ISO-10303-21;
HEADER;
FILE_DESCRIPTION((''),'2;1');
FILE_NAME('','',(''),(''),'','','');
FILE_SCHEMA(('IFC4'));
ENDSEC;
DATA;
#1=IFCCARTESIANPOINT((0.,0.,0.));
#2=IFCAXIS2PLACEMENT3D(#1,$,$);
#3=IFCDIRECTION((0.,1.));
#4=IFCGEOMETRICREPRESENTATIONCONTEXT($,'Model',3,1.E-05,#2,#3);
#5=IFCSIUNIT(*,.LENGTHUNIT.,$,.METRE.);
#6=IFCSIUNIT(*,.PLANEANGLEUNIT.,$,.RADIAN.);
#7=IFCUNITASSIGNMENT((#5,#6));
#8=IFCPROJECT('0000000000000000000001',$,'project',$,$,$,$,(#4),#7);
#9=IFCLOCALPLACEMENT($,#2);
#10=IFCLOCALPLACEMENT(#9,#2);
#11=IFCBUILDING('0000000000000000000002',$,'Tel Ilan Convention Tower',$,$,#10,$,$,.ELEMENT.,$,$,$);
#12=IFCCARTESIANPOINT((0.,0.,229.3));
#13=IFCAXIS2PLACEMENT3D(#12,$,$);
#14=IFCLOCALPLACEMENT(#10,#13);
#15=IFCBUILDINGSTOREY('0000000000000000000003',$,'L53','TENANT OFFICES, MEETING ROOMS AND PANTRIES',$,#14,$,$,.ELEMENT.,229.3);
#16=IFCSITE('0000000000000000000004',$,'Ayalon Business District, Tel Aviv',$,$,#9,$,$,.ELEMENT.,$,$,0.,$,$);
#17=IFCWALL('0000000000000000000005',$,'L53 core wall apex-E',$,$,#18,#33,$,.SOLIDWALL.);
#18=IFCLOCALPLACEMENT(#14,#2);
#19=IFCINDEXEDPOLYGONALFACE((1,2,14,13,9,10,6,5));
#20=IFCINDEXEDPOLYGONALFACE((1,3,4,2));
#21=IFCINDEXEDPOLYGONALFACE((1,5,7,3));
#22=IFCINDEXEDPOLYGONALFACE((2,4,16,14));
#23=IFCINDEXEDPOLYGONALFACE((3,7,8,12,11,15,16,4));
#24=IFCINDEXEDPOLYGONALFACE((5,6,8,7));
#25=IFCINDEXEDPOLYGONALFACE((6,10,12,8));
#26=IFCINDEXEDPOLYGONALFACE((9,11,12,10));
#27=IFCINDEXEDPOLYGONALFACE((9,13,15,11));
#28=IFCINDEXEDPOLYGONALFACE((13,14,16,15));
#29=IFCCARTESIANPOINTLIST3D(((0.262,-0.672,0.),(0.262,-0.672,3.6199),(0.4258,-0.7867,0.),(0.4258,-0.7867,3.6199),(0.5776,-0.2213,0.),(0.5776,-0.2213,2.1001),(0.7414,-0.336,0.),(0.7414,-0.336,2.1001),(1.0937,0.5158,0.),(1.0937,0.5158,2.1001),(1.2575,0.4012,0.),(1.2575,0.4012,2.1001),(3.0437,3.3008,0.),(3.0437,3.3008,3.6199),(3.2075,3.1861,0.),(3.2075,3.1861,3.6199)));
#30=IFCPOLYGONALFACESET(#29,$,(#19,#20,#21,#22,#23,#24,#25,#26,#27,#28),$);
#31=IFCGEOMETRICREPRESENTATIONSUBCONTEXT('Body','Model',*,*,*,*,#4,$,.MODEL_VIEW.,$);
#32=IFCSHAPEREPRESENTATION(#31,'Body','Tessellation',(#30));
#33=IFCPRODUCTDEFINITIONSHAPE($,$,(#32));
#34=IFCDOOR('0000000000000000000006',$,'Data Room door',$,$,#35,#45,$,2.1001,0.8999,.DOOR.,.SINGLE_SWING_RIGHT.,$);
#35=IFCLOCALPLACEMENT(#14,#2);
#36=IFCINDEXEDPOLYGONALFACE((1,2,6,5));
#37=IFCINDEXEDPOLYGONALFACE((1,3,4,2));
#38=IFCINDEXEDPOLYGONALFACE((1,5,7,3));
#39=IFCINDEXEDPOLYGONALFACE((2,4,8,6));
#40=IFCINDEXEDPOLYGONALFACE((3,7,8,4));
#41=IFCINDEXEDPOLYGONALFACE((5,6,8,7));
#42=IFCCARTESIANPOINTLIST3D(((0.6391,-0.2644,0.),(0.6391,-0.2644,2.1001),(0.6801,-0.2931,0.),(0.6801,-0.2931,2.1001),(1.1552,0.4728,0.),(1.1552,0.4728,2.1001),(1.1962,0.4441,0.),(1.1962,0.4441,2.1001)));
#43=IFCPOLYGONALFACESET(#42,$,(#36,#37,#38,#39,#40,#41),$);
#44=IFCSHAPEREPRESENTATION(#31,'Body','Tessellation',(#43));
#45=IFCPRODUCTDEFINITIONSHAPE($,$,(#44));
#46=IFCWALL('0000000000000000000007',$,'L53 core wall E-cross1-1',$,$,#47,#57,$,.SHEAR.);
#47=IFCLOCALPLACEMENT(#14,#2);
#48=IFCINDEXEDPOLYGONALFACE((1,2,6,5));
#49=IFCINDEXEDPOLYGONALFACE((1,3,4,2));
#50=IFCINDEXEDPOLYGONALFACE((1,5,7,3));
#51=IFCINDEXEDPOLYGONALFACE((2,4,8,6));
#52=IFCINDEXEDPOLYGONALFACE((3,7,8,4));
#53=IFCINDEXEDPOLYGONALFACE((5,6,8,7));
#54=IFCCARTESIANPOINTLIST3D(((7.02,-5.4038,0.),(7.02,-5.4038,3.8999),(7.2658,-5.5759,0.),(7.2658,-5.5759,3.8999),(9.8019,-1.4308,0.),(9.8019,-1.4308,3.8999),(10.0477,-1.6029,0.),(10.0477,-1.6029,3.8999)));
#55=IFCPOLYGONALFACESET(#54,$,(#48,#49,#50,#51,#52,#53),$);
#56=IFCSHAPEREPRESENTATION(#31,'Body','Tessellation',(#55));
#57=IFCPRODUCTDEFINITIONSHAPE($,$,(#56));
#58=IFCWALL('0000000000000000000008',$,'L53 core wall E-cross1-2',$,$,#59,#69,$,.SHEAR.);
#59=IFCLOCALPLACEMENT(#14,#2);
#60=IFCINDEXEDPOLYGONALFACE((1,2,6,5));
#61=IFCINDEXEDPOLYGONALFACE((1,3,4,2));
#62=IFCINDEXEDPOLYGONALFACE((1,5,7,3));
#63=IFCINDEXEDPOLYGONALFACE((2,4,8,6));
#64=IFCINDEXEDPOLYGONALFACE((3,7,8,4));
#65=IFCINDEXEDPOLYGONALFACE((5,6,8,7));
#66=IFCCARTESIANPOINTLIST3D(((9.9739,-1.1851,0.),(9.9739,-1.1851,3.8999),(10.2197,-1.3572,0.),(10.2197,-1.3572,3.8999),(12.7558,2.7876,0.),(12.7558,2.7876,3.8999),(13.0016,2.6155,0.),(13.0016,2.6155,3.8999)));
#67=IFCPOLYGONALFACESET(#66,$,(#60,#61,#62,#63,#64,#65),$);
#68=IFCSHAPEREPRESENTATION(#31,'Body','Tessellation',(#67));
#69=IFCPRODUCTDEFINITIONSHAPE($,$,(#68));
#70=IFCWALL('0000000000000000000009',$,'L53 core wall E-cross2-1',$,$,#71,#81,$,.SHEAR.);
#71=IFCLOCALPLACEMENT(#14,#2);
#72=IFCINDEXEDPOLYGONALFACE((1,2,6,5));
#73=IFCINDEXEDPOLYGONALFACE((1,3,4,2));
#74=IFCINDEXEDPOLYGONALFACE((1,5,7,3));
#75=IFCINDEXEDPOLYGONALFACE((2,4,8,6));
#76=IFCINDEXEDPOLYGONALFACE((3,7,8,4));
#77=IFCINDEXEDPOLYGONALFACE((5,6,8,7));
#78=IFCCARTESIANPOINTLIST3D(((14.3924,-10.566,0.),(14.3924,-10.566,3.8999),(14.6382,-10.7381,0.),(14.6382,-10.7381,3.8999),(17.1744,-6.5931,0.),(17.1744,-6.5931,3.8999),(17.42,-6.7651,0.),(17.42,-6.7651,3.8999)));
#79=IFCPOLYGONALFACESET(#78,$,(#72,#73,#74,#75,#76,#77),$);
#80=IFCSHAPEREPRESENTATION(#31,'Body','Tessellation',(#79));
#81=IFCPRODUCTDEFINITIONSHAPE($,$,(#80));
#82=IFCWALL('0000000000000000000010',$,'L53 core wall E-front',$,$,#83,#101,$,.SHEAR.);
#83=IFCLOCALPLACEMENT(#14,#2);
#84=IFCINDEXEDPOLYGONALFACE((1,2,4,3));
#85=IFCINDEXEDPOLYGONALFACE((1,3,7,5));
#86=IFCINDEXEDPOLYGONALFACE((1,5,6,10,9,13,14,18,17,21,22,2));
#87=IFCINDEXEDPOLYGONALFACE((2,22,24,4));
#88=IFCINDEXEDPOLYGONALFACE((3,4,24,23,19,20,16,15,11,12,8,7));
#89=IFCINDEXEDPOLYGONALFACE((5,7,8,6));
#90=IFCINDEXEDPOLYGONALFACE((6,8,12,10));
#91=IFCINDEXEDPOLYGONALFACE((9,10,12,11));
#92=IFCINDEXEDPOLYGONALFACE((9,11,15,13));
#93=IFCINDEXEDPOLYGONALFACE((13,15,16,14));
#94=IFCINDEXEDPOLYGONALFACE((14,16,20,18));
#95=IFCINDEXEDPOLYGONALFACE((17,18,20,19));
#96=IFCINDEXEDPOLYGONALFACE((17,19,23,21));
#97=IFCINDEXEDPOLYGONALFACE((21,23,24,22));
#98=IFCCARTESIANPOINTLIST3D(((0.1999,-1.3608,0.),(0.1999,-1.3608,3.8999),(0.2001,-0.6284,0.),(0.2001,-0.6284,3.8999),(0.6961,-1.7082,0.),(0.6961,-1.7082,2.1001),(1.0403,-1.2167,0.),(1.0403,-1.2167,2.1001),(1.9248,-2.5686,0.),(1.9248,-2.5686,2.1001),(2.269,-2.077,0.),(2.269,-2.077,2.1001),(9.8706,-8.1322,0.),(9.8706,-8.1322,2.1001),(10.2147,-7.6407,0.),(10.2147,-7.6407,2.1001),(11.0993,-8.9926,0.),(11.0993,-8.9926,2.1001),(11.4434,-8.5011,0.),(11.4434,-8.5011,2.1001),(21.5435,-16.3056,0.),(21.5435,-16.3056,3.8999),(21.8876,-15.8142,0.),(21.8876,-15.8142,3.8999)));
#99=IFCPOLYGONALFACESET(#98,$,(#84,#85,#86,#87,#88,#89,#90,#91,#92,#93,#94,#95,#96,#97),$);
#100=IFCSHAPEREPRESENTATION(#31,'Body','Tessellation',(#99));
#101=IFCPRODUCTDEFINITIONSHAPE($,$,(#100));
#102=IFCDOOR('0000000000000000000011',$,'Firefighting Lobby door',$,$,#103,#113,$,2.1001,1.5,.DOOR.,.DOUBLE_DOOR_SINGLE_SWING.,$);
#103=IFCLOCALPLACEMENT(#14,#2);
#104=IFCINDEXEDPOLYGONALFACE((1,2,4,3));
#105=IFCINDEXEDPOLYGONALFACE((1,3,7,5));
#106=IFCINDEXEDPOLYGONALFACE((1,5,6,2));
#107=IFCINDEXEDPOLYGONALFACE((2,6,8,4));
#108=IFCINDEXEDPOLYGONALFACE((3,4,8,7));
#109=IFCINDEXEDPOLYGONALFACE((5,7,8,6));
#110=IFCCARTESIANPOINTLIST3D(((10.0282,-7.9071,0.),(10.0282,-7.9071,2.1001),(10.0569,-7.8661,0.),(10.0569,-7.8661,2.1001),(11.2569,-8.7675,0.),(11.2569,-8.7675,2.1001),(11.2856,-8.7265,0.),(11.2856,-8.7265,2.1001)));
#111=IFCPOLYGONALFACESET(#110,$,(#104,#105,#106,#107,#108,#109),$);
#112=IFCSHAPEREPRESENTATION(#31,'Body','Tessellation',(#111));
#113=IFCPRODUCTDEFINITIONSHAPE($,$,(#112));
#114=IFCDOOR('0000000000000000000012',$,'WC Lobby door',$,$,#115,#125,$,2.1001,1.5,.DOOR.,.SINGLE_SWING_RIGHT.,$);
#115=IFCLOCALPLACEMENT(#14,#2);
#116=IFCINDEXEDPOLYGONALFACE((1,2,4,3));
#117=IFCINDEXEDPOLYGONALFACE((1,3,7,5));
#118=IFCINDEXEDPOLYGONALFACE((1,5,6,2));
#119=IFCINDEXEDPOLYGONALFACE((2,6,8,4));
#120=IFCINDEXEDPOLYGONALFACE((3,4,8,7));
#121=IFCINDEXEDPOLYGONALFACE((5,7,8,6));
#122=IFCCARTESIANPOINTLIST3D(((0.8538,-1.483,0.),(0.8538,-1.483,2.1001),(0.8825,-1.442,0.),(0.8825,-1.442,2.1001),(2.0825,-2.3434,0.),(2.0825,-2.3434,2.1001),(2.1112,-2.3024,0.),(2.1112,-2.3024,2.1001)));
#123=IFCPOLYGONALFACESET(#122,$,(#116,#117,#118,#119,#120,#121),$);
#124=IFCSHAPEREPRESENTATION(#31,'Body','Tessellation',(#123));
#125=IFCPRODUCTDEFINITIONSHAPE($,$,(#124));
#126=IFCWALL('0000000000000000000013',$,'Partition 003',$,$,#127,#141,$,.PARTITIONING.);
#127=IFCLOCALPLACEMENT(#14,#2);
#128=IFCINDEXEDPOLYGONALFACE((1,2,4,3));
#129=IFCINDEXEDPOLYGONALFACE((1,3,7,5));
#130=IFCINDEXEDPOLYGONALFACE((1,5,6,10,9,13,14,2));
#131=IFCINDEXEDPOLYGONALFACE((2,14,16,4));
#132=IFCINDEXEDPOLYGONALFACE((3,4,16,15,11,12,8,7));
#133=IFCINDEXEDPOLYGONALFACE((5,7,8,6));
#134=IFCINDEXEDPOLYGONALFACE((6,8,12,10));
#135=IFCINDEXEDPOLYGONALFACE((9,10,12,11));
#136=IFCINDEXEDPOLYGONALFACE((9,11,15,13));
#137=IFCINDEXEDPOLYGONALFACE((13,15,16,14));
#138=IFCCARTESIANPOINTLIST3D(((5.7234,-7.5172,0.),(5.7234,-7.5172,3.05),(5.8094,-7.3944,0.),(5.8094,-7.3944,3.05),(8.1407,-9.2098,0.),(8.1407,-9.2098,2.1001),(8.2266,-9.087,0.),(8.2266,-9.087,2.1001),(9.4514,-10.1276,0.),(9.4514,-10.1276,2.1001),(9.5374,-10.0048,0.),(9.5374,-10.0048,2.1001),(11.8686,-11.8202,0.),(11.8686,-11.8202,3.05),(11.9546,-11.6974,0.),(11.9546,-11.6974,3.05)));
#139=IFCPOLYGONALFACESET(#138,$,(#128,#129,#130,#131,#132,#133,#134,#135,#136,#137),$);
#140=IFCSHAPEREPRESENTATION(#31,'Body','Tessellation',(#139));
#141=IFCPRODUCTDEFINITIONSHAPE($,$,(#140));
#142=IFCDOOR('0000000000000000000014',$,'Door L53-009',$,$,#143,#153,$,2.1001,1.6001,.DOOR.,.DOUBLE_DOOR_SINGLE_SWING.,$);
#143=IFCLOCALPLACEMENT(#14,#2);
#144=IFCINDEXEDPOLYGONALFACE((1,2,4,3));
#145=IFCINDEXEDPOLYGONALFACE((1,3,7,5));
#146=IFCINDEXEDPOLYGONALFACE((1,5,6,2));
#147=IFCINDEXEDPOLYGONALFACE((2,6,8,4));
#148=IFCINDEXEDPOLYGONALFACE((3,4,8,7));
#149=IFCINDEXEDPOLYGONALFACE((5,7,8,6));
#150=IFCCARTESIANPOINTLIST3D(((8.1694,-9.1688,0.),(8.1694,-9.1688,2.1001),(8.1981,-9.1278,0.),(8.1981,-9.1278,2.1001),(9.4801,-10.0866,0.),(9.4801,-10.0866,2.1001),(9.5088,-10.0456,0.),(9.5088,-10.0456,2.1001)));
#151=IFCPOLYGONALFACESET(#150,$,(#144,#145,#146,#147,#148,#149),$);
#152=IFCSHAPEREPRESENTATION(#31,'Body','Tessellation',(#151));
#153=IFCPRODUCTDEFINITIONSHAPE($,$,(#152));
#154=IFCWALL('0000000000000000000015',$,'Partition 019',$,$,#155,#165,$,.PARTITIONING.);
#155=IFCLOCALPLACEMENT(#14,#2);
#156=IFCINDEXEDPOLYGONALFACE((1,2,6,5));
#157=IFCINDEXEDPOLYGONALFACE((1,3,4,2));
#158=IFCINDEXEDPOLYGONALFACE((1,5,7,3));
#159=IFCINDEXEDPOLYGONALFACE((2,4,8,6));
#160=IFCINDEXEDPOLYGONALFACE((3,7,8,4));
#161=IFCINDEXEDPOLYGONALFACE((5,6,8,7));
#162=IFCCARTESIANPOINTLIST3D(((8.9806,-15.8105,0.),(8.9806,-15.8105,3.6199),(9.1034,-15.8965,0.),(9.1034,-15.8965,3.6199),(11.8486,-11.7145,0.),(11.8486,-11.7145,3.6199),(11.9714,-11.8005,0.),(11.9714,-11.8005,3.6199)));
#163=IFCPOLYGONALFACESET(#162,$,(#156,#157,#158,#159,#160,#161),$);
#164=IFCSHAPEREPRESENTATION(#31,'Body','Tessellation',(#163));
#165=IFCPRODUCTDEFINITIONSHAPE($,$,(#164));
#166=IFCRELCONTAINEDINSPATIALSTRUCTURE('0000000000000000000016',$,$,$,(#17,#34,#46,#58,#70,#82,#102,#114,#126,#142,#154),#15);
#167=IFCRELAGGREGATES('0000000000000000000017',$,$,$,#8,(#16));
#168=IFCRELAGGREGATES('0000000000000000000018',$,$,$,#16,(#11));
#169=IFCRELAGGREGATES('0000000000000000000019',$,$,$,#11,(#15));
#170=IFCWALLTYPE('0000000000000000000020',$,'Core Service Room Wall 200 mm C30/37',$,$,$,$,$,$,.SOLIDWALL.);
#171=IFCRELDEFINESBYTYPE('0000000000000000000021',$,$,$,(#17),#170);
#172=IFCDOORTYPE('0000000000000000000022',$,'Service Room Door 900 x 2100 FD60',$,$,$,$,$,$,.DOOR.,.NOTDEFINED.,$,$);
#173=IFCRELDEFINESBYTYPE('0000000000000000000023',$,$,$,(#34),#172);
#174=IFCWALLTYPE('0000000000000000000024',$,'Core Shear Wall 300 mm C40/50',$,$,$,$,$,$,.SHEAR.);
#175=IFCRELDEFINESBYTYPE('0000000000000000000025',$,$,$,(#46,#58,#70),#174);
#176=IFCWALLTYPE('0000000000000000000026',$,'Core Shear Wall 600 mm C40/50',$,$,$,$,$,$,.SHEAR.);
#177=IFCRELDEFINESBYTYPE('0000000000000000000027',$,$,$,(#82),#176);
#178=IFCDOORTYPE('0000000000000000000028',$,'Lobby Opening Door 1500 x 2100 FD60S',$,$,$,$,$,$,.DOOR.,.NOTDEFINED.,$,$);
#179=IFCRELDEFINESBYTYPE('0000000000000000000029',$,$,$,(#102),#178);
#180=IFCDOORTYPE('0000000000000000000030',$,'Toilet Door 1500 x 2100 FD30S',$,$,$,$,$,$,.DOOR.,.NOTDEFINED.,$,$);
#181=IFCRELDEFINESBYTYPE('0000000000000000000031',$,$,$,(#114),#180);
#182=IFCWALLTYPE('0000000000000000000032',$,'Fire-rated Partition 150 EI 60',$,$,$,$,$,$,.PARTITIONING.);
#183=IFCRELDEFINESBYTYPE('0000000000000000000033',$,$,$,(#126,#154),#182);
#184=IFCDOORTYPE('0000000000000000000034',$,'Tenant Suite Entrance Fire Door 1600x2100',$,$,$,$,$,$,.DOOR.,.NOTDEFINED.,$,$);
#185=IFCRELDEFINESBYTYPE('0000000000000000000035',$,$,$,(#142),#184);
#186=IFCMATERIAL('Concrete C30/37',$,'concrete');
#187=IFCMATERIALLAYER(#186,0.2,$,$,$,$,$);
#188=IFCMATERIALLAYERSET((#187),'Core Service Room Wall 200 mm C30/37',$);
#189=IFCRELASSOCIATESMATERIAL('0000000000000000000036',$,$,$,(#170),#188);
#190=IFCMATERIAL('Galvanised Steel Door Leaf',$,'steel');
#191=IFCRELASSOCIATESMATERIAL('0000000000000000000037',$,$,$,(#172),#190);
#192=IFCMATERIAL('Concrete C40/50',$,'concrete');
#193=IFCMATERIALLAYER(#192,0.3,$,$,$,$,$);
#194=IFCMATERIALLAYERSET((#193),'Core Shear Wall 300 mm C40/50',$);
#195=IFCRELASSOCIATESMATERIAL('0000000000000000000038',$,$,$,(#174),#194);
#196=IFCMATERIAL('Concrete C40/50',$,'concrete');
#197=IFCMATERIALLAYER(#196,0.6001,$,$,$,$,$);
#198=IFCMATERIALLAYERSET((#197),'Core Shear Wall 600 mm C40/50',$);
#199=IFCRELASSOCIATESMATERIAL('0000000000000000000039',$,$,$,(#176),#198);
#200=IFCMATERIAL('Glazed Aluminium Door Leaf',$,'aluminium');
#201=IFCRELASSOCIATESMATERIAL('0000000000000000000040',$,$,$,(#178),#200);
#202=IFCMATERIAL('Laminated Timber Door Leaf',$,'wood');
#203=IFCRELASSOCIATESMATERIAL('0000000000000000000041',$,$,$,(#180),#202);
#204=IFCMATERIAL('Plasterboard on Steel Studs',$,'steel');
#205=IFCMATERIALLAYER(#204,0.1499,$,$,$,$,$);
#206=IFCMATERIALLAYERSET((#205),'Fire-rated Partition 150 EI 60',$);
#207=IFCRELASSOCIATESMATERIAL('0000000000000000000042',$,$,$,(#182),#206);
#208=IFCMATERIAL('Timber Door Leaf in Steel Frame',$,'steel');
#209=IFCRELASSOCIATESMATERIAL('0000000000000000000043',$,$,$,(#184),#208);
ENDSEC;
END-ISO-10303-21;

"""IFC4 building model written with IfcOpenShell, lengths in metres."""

from ifc_helpers import new_model, si_unit, direction, frame, frame_2d, origin, place, context, subcontext, project, spatial, polyline, rectangle, outline, extrude, material, layer, layer_set, type_object, element, fill, save


model = new_model("IFC4")

# Units and contexts
model_context = context("Model", 3, precision=1e-05, world=origin(), true_north=direction((0.0, 1.0)))
body_context = subcontext(model_context, "Body", "Model", "MODEL_VIEW")
ifc_project = project(units=[si_unit("LENGTHUNIT", "METRE"), si_unit("PLANEANGLEUNIT", "RADIAN")], contexts=[model_context])

# Site, building, storey
site_placement = place(None, origin())
site = spatial("IfcSite", under=ifc_project, at=site_placement, Name="Ayalon Business District, Tel Aviv", CompositionType="ELEMENT", RefElevation=0.0)
building_placement = place(site_placement, origin())
building = spatial("IfcBuilding", under=site, at=building_placement, Name="Tel Ilan Convention Tower", CompositionType="ELEMENT")
storey_placement = place(building_placement, frame((0.0, 0.0, 229.3)))
storey = spatial("IfcBuildingStorey", under=building, at=storey_placement, Name="L53", Description="TENANT OFFICES, MEETING ROOMS AND PANTRIES", CompositionType="ELEMENT", Elevation=229.3)

# Wall, opening, door
ifc_material_1 = material(Name="Concrete C30/37", Category="concrete")
ifc_layer_1 = layer(ifc_material_1, 0.2)
ifc_layer_set_1 = layer_set([ifc_layer_1], Name="Core Service Room Wall 200 mm C30/37")
wall_type_1 = type_object("IfcWallType", Name="Core Service Room Wall 200 mm C30/37", PredefinedType="SOLIDWALL", material=ifc_layer_set_1)
wall_1_placement = place(storey_placement, frame((0.344, -0.7292, 0.0), z_axis=(0.0, 0.0, 1.0), x_axis=(0.57356, 0.819163, 0.0)))
wall_1 = element("IfcWall", 1, at=wall_1_placement, inside=storey, type_object=wall_type_1, Name="L53 core wall apex-E", PredefinedType="SOLIDWALL", context=body_context, shape_type="SweptSolid", body=[
    extrude(rectangle(XDim=4.8499, YDim=0.2, at=frame_2d((2.4248, 0.0))), origin(), (0.0, 0.0, 1.0), 3.6199),
])
opening_1_placement = place(wall_1_placement, frame((0.55, 0.0, 0.0)))
opening_1 = element("IfcOpeningElement", 2, at=opening_1_placement, cuts=wall_1, PredefinedType="OPENING", context=body_context, shape_type="SweptSolid", body=[
    extrude(rectangle(XDim=0.8999, YDim=2.1001, at=frame_2d((0.45, 1.05))), frame((0.0, 0.1099, 0.0), z_axis=(0.0, -1.0, 0.0), x_axis=(1.0, 0.0, 0.0)), (0.0, 0.0, 1.0), 0.22),
])
ifc_material_2 = material(Name="Galvanised Steel Door Leaf", Category="steel")
door_type_1 = type_object("IfcDoorType", Name="Service Room Door 900 x 2100 FD60", OperationType="NOTDEFINED", PredefinedType="DOOR", material=ifc_material_2)
door_1_placement = place(opening_1_placement, origin())
door_1 = element("IfcDoor", 3, at=door_1_placement, inside=storey, type_object=door_type_1, Name="Data Room door", OperationType="SINGLE_SWING_RIGHT", OverallHeight=2.1001, OverallWidth=0.8999, PredefinedType="DOOR", context=body_context, shape_type="SweptSolid", body=[
    extrude(rectangle(XDim=0.8999, YDim=2.1001, at=frame_2d((0.45, 1.05))), frame((0.0, 0.0249, 0.0), z_axis=(0.0, -1.0, 0.0), x_axis=(1.0, 0.0, 0.0)), (0.0, 0.0, 1.0), 0.05),
])
fill(opening_1, door_1)

# Walls
ifc_material_3 = material(Name="Concrete C40/50", Category="concrete")
ifc_layer_2 = layer(ifc_material_3, 0.3)
ifc_layer_set_2 = layer_set([ifc_layer_2], Name="Core Shear Wall 300 mm C40/50")
wall_type_2 = type_object("IfcWallType", Name="Core Shear Wall 300 mm C40/50", PredefinedType="SHEAR", material=ifc_layer_set_2)
wall_2_placement = place(storey_placement, frame((7.1428, -5.4897, 0.0), z_axis=(0.0, 0.0, 1.0), x_axis=(0.573618, 0.819123, 0.0)))
element("IfcWall", 4, at=wall_2_placement, inside=storey, type_object=wall_type_2, Name="L53 core wall E-cross1-1", PredefinedType="SHEAR", context=body_context, shape_type="SweptSolid", body=[
    extrude(outline(polyline([(0.0, 0.1499), (0.0, -0.1501), (4.8501, -0.1499), (4.8501, 0.1501), (0.0, 0.1499)])), origin(), (0.0, 0.0, 1.0), 3.8999),
])
wall_3_placement = place(storey_placement, frame((10.0969, -1.2712, 0.0), z_axis=(0.0, 0.0, 1.0), x_axis=(0.57356, 0.819163, 0.0)))
element("IfcWall", 5, at=wall_3_placement, inside=storey, type_object=wall_type_2, Name="L53 core wall E-cross1-2", PredefinedType="SHEAR", context=body_context, shape_type="SweptSolid", body=[
    extrude(outline(polyline([(4.8499, -0.1501), (4.8499, 0.1499), (0.0, 0.1501), (0.0, -0.1499), (4.8499, -0.1501)])), origin(), (0.0, 0.0, 1.0), 3.8999),
])
wall_4_placement = place(storey_placement, frame((14.5154, -10.6521, 0.0), z_axis=(0.0, 0.0, 1.0), x_axis=(0.57356, 0.819163, 0.0)))
element("IfcWall", 6, at=wall_4_placement, inside=storey, type_object=wall_type_2, Name="L53 core wall E-cross2-1", PredefinedType="SHEAR", context=body_context, shape_type="SweptSolid", body=[
    extrude(outline(polyline([(0.0, 0.1501), (0.0, -0.1499), (4.8501, -0.1499), (4.8501, 0.1499), (0.0, 0.1501)])), origin(), (0.0, 0.0, 1.0), 3.8999),
])

# Wall, openings, doors
ifc_material_4 = material(Name="Concrete C40/50", Category="concrete")
ifc_layer_3 = layer(ifc_material_4, 0.6001)
ifc_layer_set_3 = layer_set([ifc_layer_3], Name="Core Shear Wall 600 mm C40/50")
wall_type_3 = type_object("IfcWallType", Name="Core Shear Wall 600 mm C40/50", PredefinedType="SHEAR", material=ifc_layer_set_3)
wall_5_placement = place(storey_placement, frame((0.0278, -0.874, 0.0), z_axis=(0.0, 0.0, 1.0), x_axis=(0.81915, -0.573579, 0.0)))
wall_5 = element("IfcWall", 7, at=wall_5_placement, inside=storey, type_object=wall_type_3, Name="L53 core wall E-front", PredefinedType="SHEAR", context=body_context, shape_type="SweptSolid", body=[
    extrude(outline(polyline([(26.4758, 0.3), (0.0002, 0.3), (0.4202, -0.3), (26.4758, -0.2998), (26.4758, 0.3)])), origin(), (0.0, 0.0, 1.0), 3.8999),
])
opening_2_placement = place(wall_5_placement, frame((1.0259, 0.0, 0.0)))
opening_2 = element("IfcOpeningElement", 8, at=opening_2_placement, cuts=wall_5, PredefinedType="OPENING", context=body_context, shape_type="SweptSolid", body=[
    extrude(rectangle(XDim=1.5, YDim=2.1001, at=frame_2d((0.75, 1.05))), frame((0.0, 0.3101, 0.0), z_axis=(0.0, -1.0, 0.0), x_axis=(1.0, 0.0, 0.0)), (0.0, 0.0, 1.0), 0.6201),
])
opening_3_placement = place(wall_5_placement, frame((12.2258, 0.0, 0.0)))
opening_3 = element("IfcOpeningElement", 9, at=opening_3_placement, cuts=wall_5, PredefinedType="OPENING", context=body_context, shape_type="SweptSolid", body=[
    extrude(rectangle(XDim=1.5, YDim=2.1001, at=frame_2d((0.75, 1.05))), frame((0.0, 0.3101, 0.0), z_axis=(0.0, -1.0, 0.0), x_axis=(1.0, 0.0, 0.0)), (0.0, 0.0, 1.0), 0.6201),
])
ifc_material_5 = material(Name="Glazed Aluminium Door Leaf", Category="aluminium")
door_type_2 = type_object("IfcDoorType", Name="Lobby Opening Door 1500 x 2100 FD60S", OperationType="NOTDEFINED", PredefinedType="DOOR", material=ifc_material_5)
door_2_placement = place(opening_3_placement, origin())
door_2 = element("IfcDoor", 10, at=door_2_placement, inside=storey, type_object=door_type_2, Name="Firefighting Lobby door", OperationType="DOUBLE_DOOR_SINGLE_SWING", OverallHeight=2.1001, OverallWidth=1.5, PredefinedType="DOOR", context=body_context, shape_type="SweptSolid", body=[
    extrude(rectangle(XDim=1.5, YDim=2.1001, at=frame_2d((0.75, 1.05))), frame((0.0, 0.0249, 0.0), z_axis=(0.0, -1.0, 0.0), x_axis=(1.0, 0.0, 0.0)), (0.0, 0.0, 1.0), 0.05),
])
fill(opening_3, door_2)
ifc_material_6 = material(Name="Laminated Timber Door Leaf", Category="wood")
door_type_3 = type_object("IfcDoorType", Name="Toilet Door 1500 x 2100 FD30S", OperationType="NOTDEFINED", PredefinedType="DOOR", material=ifc_material_6)
door_3_placement = place(opening_2_placement, origin())
door_3 = element("IfcDoor", 11, at=door_3_placement, inside=storey, type_object=door_type_3, Name="WC Lobby door", OperationType="SINGLE_SWING_RIGHT", OverallHeight=2.1001, OverallWidth=1.5, PredefinedType="DOOR", context=body_context, shape_type="SweptSolid", body=[
    extrude(rectangle(XDim=1.5, YDim=2.1001, at=frame_2d((0.75, 1.05))), frame((0.0, 0.0249, 0.0), z_axis=(0.0, -1.0, 0.0), x_axis=(1.0, 0.0, 0.0)), (0.0, 0.0, 1.0), 0.05),
])
fill(opening_2, door_3)

# Wall, opening, door
ifc_material_7 = material(Name="Plasterboard on Steel Studs", Category="steel")
ifc_layer_4 = layer(ifc_material_7, 0.1499)
ifc_layer_set_4 = layer_set([ifc_layer_4], Name="Fire-rated Partition 150 EI 60")
wall_type_4 = type_object("IfcWallType", Name="Fire-rated Partition 150 EI 60", PredefinedType="PARTITIONING", material=ifc_layer_set_4)
wall_6_placement = place(storey_placement, frame((11.9116, -11.7588, 0.0), z_axis=(0.0, 0.0, 1.0), x_axis=(-0.819151, 0.573578, 0.0)))
wall_6 = element("IfcWall", 12, at=wall_6_placement, inside=storey, type_object=wall_type_4, Name="Partition 003", PredefinedType="PARTITIONING", context=body_context, shape_type="SweptSolid", body=[
    extrude(rectangle(XDim=7.502, YDim=0.1499, at=frame_2d((3.751, 0.0))), origin(), (0.0, 0.0, 1.0), 3.05),
])
opening_4_placement = place(wall_6_placement, frame((2.9509, 0.0, 0.0)))
opening_4 = element("IfcOpeningElement", 13, at=opening_4_placement, cuts=wall_6, PredefinedType="OPENING", context=body_context, shape_type="SweptSolid", body=[
    extrude(rectangle(XDim=1.6001, YDim=2.1001, at=frame_2d((0.8, 1.05))), frame((0.0, 0.085, 0.0), z_axis=(0.0, -1.0, 0.0), x_axis=(1.0, 0.0, 0.0)), (0.0, 0.0, 1.0), 0.1699),
])
ifc_material_8 = material(Name="Timber Door Leaf in Steel Frame", Category="steel")
door_type_4 = type_object("IfcDoorType", Name="Tenant Suite Entrance Fire Door 1600x2100", OperationType="NOTDEFINED", PredefinedType="DOOR", material=ifc_material_8)
door_4_placement = place(opening_4_placement, origin())
door_4 = element("IfcDoor", 14, at=door_4_placement, inside=storey, type_object=door_type_4, Name="Door L53-009", OperationType="DOUBLE_DOOR_SINGLE_SWING", OverallHeight=2.1001, OverallWidth=1.6001, PredefinedType="DOOR", context=body_context, shape_type="SweptSolid", body=[
    extrude(rectangle(XDim=1.6001, YDim=2.1001, at=frame_2d((0.8, 1.05))), frame((0.0, 0.0249, 0.0), z_axis=(0.0, -1.0, 0.0), x_axis=(1.0, 0.0, 0.0)), (0.0, 0.0, 1.0), 0.05),
])
fill(opening_4, door_4)

# Wall
wall_7_placement = place(storey_placement, frame((11.9099, -11.7576, 0.0), z_axis=(0.0, 0.0, 1.0), x_axis=(-0.573564, -0.819161, 0.0)))
element("IfcWall", 15, at=wall_7_placement, inside=storey, type_object=wall_type_4, Name="Partition 019", PredefinedType="PARTITIONING", context=body_context, shape_type="SweptSolid", body=[
    extrude(rectangle(XDim=5.0002, YDim=0.1499, at=frame_2d((2.5, 0.0))), origin(), (0.0, 0.0, 1.0), 3.6199),
])

save(model, "model.ifc")
